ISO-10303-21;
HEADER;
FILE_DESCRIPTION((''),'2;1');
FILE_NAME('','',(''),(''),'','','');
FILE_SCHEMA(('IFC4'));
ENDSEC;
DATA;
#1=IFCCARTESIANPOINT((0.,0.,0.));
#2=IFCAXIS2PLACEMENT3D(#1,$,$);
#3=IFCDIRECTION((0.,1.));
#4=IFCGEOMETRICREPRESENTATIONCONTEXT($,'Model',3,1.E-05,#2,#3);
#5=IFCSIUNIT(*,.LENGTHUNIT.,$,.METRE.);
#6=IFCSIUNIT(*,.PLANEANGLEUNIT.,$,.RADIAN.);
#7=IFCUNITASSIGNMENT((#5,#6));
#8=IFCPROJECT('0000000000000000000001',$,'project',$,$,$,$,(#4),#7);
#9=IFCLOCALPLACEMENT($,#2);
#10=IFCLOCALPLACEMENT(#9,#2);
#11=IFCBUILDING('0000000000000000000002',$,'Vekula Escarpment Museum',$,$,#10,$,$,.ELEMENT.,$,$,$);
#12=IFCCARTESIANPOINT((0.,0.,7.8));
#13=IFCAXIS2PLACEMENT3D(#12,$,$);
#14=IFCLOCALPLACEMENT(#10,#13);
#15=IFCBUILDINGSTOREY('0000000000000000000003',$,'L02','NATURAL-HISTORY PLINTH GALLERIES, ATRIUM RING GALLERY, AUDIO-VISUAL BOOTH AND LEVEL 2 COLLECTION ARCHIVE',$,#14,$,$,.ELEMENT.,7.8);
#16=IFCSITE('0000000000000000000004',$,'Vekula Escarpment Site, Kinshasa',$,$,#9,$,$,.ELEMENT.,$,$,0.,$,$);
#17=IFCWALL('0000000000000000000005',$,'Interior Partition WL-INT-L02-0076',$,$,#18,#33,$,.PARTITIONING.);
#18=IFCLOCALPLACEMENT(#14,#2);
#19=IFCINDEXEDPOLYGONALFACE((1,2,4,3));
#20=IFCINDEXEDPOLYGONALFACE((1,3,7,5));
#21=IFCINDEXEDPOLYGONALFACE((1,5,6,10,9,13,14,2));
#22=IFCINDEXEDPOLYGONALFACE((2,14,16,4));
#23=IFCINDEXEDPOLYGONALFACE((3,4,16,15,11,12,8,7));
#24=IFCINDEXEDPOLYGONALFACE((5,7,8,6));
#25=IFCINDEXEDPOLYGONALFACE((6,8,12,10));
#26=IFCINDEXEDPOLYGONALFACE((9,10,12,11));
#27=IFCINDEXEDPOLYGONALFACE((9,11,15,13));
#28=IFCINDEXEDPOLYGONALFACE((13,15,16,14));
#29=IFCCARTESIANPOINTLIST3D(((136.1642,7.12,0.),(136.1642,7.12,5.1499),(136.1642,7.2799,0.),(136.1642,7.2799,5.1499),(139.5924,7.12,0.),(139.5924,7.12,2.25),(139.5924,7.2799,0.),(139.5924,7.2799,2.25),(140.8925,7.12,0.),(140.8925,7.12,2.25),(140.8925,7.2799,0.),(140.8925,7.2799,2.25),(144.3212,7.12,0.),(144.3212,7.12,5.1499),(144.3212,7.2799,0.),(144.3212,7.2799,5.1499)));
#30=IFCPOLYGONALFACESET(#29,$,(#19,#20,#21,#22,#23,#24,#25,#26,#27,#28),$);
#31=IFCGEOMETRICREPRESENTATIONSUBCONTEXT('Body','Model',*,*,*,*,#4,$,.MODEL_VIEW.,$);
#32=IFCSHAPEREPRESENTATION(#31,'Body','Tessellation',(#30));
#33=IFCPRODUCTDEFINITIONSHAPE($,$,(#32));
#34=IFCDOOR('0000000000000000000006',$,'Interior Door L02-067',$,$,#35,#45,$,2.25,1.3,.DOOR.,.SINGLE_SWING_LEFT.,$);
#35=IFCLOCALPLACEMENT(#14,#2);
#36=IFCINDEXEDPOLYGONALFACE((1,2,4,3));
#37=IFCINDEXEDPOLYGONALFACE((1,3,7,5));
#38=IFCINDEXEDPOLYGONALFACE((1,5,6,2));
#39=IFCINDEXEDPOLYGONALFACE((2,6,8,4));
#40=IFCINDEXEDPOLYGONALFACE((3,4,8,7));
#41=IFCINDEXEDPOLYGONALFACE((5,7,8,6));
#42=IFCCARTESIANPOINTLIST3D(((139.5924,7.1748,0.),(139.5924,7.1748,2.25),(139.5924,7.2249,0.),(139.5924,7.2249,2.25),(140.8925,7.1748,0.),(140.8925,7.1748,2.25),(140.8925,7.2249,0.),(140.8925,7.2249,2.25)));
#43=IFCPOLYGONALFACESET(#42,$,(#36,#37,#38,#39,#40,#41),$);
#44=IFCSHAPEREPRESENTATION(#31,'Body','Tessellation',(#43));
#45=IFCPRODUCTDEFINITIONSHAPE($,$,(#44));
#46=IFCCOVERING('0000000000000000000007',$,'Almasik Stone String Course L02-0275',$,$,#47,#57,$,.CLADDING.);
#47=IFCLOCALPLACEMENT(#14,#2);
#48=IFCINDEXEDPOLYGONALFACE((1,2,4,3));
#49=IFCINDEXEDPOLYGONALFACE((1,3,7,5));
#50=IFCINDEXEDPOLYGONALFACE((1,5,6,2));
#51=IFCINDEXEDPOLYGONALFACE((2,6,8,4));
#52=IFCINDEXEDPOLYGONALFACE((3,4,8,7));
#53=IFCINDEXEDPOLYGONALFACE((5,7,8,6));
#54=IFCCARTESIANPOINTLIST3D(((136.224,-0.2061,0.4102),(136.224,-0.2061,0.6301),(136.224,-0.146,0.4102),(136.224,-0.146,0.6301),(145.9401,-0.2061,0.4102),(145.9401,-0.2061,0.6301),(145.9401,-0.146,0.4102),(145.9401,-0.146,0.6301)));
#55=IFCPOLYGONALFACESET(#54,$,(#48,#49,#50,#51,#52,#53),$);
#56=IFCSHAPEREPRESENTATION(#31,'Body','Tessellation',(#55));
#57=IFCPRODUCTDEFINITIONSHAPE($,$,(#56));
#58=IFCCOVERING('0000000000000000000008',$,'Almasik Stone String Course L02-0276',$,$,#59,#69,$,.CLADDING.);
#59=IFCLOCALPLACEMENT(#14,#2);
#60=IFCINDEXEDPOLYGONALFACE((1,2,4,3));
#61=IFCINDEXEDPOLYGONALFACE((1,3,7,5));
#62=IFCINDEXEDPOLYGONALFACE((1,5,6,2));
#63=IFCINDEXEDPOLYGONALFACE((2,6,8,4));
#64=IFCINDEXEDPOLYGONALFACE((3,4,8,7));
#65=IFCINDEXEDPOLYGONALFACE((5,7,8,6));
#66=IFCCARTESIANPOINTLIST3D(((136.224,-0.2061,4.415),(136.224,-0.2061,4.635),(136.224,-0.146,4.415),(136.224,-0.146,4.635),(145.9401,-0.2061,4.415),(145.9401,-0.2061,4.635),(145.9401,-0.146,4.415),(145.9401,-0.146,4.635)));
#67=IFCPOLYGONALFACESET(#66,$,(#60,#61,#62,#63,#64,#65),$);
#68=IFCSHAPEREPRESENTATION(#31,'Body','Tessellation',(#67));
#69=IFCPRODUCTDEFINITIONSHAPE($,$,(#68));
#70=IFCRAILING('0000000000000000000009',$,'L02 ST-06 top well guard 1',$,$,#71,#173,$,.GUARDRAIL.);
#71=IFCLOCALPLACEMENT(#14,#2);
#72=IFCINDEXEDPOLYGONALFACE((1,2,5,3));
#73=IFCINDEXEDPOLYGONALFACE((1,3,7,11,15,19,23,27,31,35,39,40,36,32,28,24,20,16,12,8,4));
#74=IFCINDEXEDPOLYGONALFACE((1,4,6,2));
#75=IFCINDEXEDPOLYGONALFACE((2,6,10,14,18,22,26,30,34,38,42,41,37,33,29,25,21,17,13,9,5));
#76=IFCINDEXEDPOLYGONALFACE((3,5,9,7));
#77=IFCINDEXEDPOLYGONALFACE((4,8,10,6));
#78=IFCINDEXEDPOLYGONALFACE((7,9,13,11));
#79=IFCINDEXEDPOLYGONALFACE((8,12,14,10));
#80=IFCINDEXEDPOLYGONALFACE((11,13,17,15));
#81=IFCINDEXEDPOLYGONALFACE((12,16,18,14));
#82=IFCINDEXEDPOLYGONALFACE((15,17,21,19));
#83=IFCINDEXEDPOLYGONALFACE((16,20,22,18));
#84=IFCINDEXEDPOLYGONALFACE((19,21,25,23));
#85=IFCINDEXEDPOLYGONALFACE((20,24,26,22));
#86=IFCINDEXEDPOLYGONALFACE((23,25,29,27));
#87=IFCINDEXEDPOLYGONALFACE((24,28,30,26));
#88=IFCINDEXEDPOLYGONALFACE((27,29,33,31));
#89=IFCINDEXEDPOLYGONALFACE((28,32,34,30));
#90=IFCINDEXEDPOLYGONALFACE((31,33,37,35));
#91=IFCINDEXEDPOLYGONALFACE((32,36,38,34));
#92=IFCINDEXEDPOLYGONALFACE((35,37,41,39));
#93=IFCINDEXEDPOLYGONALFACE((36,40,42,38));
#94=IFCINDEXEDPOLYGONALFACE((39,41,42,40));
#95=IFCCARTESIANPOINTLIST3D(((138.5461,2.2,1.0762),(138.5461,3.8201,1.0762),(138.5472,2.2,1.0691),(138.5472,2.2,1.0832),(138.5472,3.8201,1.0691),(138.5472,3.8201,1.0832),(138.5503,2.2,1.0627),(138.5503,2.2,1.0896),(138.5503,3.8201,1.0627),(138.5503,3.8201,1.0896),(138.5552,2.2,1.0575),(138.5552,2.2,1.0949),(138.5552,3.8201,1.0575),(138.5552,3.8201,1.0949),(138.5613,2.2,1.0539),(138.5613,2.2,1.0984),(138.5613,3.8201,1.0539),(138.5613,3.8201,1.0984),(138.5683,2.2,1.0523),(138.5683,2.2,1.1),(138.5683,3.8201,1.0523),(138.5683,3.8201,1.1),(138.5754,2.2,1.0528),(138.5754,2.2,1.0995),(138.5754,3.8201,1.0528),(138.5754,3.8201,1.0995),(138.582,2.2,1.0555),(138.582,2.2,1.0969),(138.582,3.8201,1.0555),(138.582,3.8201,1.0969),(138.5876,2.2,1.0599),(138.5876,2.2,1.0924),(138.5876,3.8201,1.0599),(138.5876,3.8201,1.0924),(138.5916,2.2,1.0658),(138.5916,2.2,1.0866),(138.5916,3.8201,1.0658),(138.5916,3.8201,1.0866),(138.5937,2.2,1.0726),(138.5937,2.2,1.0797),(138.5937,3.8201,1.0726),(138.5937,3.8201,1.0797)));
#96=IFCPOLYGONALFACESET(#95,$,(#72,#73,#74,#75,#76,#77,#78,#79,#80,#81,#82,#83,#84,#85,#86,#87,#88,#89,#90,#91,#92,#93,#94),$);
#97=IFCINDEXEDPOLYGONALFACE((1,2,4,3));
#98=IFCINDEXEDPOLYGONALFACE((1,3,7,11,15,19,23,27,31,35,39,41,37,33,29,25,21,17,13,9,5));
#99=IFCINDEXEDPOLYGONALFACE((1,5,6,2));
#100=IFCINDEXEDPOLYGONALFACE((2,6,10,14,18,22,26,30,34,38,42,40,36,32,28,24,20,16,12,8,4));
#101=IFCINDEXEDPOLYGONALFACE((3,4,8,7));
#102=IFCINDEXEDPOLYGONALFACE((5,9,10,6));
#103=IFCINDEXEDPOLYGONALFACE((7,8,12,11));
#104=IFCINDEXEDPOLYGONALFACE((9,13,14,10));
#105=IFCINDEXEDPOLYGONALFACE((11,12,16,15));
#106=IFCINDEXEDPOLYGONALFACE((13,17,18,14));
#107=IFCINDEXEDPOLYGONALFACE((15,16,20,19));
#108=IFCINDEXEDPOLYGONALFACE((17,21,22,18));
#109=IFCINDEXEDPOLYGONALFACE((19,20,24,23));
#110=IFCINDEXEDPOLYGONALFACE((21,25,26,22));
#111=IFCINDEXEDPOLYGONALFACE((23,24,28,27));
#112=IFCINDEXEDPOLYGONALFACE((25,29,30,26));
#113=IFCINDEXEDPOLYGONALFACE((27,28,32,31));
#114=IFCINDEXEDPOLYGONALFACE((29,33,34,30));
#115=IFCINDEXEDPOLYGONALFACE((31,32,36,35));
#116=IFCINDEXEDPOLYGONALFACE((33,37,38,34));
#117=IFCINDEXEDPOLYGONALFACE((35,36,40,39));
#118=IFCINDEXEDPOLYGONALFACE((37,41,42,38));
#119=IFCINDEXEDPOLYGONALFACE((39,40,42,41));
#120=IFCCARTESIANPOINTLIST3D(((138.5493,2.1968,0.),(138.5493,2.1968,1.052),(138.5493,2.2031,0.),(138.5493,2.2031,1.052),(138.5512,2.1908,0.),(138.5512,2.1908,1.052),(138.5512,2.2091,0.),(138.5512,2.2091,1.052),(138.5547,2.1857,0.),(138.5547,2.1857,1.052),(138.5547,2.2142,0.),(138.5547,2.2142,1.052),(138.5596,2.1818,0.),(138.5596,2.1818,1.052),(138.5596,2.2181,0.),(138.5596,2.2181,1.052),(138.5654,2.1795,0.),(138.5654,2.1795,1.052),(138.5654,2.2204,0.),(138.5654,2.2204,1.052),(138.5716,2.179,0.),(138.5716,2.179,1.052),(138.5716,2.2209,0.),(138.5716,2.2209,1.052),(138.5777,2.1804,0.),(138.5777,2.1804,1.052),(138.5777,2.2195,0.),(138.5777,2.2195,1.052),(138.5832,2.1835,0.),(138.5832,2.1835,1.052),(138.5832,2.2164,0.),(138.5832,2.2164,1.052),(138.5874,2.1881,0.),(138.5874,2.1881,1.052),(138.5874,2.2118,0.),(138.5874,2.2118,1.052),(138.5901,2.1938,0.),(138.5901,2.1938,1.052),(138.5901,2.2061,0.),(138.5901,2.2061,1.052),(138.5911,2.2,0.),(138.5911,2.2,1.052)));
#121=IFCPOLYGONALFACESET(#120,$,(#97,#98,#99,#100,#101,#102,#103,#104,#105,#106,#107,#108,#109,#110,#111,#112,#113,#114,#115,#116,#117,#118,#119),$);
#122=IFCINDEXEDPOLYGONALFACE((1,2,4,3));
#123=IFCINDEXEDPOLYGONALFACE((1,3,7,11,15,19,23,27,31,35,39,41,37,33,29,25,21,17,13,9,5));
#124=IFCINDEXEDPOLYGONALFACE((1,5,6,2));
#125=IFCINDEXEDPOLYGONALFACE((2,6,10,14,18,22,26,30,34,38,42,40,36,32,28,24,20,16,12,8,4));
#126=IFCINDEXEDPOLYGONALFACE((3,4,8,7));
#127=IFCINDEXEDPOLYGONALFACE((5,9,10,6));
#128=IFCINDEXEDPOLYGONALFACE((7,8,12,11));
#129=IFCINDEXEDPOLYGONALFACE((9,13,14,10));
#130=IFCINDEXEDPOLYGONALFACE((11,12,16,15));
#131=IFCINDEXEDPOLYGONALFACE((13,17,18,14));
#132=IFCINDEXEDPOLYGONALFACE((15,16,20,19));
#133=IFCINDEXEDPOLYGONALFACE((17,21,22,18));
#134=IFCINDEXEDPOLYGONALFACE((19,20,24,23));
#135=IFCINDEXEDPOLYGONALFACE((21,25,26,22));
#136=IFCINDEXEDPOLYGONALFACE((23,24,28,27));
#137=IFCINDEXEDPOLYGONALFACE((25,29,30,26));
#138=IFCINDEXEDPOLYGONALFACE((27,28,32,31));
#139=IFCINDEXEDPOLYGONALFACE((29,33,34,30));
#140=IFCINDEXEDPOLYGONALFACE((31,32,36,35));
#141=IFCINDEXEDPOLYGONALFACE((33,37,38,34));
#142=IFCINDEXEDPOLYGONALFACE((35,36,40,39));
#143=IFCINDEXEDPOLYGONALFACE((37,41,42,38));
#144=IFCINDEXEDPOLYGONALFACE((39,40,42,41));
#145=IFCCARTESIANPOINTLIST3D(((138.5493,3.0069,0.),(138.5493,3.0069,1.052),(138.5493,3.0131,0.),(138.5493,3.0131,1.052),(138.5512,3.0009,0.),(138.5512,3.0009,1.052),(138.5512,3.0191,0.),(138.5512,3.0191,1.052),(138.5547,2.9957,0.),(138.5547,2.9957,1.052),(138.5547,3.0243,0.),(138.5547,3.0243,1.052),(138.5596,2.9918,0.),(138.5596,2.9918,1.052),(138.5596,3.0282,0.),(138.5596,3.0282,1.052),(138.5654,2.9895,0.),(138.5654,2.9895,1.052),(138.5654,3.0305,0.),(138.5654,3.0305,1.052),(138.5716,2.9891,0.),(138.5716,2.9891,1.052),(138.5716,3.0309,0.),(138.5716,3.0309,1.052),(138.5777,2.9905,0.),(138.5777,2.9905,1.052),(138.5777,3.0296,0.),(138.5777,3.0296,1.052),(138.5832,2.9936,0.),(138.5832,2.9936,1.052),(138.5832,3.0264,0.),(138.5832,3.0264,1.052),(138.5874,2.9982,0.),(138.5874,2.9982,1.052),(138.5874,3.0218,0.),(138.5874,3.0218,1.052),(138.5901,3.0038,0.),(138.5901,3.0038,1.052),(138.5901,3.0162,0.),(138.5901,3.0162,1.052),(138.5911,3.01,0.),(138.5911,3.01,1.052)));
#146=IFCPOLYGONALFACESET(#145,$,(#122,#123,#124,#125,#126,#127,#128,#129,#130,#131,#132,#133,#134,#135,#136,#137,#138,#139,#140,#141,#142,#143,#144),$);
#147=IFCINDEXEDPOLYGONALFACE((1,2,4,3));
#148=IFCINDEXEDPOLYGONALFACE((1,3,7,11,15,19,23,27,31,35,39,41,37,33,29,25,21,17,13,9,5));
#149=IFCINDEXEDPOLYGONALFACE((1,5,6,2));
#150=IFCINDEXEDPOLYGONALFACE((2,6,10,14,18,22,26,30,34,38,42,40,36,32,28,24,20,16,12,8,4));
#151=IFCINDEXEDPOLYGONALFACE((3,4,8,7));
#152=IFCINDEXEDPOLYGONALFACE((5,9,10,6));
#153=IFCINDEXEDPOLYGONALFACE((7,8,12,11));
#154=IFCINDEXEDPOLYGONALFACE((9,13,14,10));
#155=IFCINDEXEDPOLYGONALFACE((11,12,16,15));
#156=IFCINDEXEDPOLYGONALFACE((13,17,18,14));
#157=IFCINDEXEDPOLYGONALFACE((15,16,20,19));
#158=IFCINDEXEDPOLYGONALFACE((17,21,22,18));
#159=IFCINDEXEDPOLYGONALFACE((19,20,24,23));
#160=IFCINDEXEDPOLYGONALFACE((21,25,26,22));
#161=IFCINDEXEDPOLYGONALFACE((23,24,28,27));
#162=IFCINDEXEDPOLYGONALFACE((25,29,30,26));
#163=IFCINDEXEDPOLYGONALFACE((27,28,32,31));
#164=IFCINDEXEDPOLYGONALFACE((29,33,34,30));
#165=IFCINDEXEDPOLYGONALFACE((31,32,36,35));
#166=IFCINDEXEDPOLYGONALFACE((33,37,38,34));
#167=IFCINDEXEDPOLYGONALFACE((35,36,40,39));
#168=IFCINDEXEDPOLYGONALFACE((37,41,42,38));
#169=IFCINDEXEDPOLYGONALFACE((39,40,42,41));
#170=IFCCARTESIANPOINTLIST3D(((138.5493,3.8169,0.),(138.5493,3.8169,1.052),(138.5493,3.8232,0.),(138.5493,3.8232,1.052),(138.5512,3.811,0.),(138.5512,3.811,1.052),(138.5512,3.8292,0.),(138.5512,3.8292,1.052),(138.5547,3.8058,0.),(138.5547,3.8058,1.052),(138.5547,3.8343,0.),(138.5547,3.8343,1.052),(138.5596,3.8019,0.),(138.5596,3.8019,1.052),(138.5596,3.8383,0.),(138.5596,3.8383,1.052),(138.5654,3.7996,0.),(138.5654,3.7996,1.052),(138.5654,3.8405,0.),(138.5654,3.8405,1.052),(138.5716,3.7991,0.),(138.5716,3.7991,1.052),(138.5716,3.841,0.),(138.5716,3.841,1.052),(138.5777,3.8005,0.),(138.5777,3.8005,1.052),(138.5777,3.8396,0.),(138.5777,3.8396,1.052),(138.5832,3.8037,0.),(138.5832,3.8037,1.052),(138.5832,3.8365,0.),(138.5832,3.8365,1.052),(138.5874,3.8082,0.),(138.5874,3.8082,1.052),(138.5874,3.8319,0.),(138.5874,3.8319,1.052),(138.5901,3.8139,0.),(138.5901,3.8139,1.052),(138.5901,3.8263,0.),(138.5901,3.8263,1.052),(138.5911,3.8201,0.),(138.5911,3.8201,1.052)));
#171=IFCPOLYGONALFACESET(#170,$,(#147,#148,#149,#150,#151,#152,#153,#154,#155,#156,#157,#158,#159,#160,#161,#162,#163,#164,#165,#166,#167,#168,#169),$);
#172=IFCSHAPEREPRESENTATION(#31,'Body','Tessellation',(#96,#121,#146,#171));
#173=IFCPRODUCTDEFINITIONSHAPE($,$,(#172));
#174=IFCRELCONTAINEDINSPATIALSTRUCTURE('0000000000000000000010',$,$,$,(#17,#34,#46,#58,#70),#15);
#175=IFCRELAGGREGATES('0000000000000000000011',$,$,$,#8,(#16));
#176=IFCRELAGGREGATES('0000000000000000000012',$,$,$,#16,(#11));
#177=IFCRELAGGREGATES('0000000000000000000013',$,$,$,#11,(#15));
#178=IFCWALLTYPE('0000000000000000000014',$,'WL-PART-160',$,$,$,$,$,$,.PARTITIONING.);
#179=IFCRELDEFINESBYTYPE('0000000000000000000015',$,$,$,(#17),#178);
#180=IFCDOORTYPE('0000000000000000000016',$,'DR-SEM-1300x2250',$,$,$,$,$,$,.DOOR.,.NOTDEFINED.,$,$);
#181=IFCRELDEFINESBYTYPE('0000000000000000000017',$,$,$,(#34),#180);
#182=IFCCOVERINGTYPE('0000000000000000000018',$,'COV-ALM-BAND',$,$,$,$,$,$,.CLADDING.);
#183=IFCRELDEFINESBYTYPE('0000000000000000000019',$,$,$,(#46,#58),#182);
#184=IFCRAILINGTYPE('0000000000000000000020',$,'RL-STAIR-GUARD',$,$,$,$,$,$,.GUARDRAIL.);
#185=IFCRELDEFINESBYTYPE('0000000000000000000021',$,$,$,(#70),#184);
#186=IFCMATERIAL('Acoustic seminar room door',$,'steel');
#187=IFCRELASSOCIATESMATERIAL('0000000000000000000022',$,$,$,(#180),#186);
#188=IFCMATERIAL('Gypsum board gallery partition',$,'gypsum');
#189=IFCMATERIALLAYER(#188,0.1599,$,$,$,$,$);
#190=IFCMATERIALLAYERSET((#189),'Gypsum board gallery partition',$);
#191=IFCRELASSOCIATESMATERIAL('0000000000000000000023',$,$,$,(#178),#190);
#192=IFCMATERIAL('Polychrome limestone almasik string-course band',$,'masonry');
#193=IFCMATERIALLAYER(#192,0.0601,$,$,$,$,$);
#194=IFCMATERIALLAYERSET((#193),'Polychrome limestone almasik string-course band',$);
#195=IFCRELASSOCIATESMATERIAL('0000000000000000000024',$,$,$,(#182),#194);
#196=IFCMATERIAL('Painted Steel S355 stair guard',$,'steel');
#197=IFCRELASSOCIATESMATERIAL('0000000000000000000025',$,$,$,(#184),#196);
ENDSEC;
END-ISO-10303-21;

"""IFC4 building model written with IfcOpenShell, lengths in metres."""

from ifc_helpers import new_model, si_unit, direction, frame, frame_2d, origin, origin_2d, place, context, subcontext, project, spatial, rectangle, circle, extrude, material, layer, layer_set, type_object, element, fill, save


model = new_model("IFC4")

# Units and contexts
model_context = context("Model", 3, precision=1e-05, world=origin(), true_north=direction((0.0, 1.0)))
body_context = subcontext(model_context, "Body", "Model", "MODEL_VIEW")
ifc_project = project(units=[si_unit("LENGTHUNIT", "METRE"), si_unit("PLANEANGLEUNIT", "RADIAN")], contexts=[model_context])

# Site, building, storey
site_placement = place(None, origin())
site = spatial("IfcSite", under=ifc_project, at=site_placement, Name="Vekula Escarpment Site, Kinshasa", CompositionType="ELEMENT", RefElevation=0.0)
building_placement = place(site_placement, origin())
building = spatial("IfcBuilding", under=site, at=building_placement, Name="Vekula Escarpment Museum", CompositionType="ELEMENT")
storey_placement = place(building_placement, frame((0.0, 0.0, 7.8)))
storey = spatial("IfcBuildingStorey", under=building, at=storey_placement, Name="L02", Description="NATURAL-HISTORY PLINTH GALLERIES, ATRIUM RING GALLERY, AUDIO-VISUAL BOOTH AND LEVEL 2 COLLECTION ARCHIVE", CompositionType="ELEMENT", Elevation=7.8)

# Wall, opening, door
ifc_material_1 = material(Name="Acoustic seminar room door", Category="steel")
door_type_1 = type_object("IfcDoorType", Name="DR-SEM-1300x2250", OperationType="NOTDEFINED", PredefinedType="DOOR", material=ifc_material_1)
ifc_material_2 = material(Name="Gypsum board gallery partition", Category="gypsum")
ifc_layer_1 = layer(ifc_material_2, 0.1599)
ifc_layer_set_1 = layer_set([ifc_layer_1], Name="Gypsum board gallery partition")
wall_type_1 = type_object("IfcWallType", Name="WL-PART-160", PredefinedType="PARTITIONING", material=ifc_layer_set_1)
wall_1_placement = place(storey_placement, frame((136.1641, 7.2, 0.0), z_axis=(0.0, 0.0, 1.0), x_axis=(1.0, 0.0, 0.0)))
wall_1 = element("IfcWall", 1, at=wall_1_placement, inside=storey, type_object=wall_type_1, Name="Interior Partition WL-INT-L02-0076", PredefinedType="PARTITIONING", context=body_context, shape_type="SweptSolid", body=[
    extrude(rectangle(XDim=8.157, YDim=0.1599, at=frame_2d((4.0786, 0.0))), origin(), (0.0, 0.0, 1.0), 5.1499),
])
opening_1_placement = place(wall_1_placement, frame((3.4285, 0.0, 0.0)))
opening_1 = element("IfcOpeningElement", 2, at=opening_1_placement, cuts=wall_1, PredefinedType="OPENING", context=body_context, shape_type="SweptSolid", body=[
    extrude(rectangle(XDim=1.3, YDim=2.25, at=frame_2d((0.6499, 1.125))), frame((0.0, 0.0898, 0.0), z_axis=(0.0, -1.0, 0.0), x_axis=(1.0, 0.0, 0.0)), (0.0, 0.0, 1.0), 0.1799),
])
door_1_placement = place(opening_1_placement, origin())
door_1 = element("IfcDoor", 3, at=door_1_placement, inside=storey, type_object=door_type_1, Name="Interior Door L02-067", OperationType="SINGLE_SWING_LEFT", OverallHeight=2.25, OverallWidth=1.3, PredefinedType="DOOR", context=body_context, shape_type="SweptSolid", body=[
    extrude(rectangle(XDim=1.3, YDim=2.25, at=frame_2d((0.6499, 1.125))), frame((0.0, 0.0249, 0.0), z_axis=(0.0, -1.0, 0.0), x_axis=(1.0, 0.0, 0.0)), (0.0, 0.0, 1.0), 0.05),
])
fill(opening_1, door_1)

# Coverings
ifc_material_3 = material(Name="Polychrome limestone almasik string-course band", Category="masonry")
ifc_layer_2 = layer(ifc_material_3, 0.0601)
ifc_layer_set_2 = layer_set([ifc_layer_2], Name="Polychrome limestone almasik string-course band")
covering_type = type_object("IfcCoveringType", Name="COV-ALM-BAND", PredefinedType="CLADDING", material=ifc_layer_set_2)
for number, where, z_axis, x_axis, name in (
    (4, (141.082, -0.176, 0.4102), (0.0, 0.0, 1.0), (1.0, 0.0, 0.0), "Almasik Stone String Course L02-0275"),
    (5, (141.082, -0.176, 4.415), (0.0, 0.0, 1.0), (1.0, 0.0, 0.0), "Almasik Stone String Course L02-0276"),
):
    element("IfcCovering", number, at=place(storey_placement, frame(where, z_axis=z_axis, x_axis=x_axis)), inside=storey, type_object=covering_type, Name=name, PredefinedType="CLADDING", context=body_context, shape_type="SweptSolid", body=[
        extrude(rectangle(XDim=9.7161, YDim=0.0601, at=origin_2d()), origin(), (0.0, 0.0, 1.0), 0.22),
    ])

# Railing
ifc_material_4 = material(Name="Painted Steel S355 stair guard", Category="steel")
railing_type = type_object("IfcRailingType", Name="RL-STAIR-GUARD", PredefinedType="GUARDRAIL", material=ifc_material_4)
railing_placement = place(storey_placement, frame((138.5701, 2.2, 0.0)))
element("IfcRailing", 6, at=railing_placement, inside=storey, type_object=railing_type, Name="L02 ST-06 top well guard 1", PredefinedType="GUARDRAIL", context=body_context, shape_type="SweptSolid", body=[
    extrude(circle(Radius=0.0239, at=origin_2d()), frame((0.0, 0.0, 1.0762), z_axis=(0.0, 1.0, 0.0), x_axis=(-1.0, 0.0, 0.0)), (0.0, 0.0, 1.0), 1.6201),
    extrude(circle(Radius=0.021, at=origin_2d()), origin(), (0.0, 0.0, 1.0), 1.052),
    extrude(circle(Radius=0.021, at=origin_2d()), frame((0.0, 0.8101, 0.0)), (0.0, 0.0, 1.0), 1.052),
    extrude(circle(Radius=0.021, at=origin_2d()), frame((0.0, 1.6201, 0.0)), (0.0, 0.0, 1.0), 1.052),
])

save(model, "model.ifc")
